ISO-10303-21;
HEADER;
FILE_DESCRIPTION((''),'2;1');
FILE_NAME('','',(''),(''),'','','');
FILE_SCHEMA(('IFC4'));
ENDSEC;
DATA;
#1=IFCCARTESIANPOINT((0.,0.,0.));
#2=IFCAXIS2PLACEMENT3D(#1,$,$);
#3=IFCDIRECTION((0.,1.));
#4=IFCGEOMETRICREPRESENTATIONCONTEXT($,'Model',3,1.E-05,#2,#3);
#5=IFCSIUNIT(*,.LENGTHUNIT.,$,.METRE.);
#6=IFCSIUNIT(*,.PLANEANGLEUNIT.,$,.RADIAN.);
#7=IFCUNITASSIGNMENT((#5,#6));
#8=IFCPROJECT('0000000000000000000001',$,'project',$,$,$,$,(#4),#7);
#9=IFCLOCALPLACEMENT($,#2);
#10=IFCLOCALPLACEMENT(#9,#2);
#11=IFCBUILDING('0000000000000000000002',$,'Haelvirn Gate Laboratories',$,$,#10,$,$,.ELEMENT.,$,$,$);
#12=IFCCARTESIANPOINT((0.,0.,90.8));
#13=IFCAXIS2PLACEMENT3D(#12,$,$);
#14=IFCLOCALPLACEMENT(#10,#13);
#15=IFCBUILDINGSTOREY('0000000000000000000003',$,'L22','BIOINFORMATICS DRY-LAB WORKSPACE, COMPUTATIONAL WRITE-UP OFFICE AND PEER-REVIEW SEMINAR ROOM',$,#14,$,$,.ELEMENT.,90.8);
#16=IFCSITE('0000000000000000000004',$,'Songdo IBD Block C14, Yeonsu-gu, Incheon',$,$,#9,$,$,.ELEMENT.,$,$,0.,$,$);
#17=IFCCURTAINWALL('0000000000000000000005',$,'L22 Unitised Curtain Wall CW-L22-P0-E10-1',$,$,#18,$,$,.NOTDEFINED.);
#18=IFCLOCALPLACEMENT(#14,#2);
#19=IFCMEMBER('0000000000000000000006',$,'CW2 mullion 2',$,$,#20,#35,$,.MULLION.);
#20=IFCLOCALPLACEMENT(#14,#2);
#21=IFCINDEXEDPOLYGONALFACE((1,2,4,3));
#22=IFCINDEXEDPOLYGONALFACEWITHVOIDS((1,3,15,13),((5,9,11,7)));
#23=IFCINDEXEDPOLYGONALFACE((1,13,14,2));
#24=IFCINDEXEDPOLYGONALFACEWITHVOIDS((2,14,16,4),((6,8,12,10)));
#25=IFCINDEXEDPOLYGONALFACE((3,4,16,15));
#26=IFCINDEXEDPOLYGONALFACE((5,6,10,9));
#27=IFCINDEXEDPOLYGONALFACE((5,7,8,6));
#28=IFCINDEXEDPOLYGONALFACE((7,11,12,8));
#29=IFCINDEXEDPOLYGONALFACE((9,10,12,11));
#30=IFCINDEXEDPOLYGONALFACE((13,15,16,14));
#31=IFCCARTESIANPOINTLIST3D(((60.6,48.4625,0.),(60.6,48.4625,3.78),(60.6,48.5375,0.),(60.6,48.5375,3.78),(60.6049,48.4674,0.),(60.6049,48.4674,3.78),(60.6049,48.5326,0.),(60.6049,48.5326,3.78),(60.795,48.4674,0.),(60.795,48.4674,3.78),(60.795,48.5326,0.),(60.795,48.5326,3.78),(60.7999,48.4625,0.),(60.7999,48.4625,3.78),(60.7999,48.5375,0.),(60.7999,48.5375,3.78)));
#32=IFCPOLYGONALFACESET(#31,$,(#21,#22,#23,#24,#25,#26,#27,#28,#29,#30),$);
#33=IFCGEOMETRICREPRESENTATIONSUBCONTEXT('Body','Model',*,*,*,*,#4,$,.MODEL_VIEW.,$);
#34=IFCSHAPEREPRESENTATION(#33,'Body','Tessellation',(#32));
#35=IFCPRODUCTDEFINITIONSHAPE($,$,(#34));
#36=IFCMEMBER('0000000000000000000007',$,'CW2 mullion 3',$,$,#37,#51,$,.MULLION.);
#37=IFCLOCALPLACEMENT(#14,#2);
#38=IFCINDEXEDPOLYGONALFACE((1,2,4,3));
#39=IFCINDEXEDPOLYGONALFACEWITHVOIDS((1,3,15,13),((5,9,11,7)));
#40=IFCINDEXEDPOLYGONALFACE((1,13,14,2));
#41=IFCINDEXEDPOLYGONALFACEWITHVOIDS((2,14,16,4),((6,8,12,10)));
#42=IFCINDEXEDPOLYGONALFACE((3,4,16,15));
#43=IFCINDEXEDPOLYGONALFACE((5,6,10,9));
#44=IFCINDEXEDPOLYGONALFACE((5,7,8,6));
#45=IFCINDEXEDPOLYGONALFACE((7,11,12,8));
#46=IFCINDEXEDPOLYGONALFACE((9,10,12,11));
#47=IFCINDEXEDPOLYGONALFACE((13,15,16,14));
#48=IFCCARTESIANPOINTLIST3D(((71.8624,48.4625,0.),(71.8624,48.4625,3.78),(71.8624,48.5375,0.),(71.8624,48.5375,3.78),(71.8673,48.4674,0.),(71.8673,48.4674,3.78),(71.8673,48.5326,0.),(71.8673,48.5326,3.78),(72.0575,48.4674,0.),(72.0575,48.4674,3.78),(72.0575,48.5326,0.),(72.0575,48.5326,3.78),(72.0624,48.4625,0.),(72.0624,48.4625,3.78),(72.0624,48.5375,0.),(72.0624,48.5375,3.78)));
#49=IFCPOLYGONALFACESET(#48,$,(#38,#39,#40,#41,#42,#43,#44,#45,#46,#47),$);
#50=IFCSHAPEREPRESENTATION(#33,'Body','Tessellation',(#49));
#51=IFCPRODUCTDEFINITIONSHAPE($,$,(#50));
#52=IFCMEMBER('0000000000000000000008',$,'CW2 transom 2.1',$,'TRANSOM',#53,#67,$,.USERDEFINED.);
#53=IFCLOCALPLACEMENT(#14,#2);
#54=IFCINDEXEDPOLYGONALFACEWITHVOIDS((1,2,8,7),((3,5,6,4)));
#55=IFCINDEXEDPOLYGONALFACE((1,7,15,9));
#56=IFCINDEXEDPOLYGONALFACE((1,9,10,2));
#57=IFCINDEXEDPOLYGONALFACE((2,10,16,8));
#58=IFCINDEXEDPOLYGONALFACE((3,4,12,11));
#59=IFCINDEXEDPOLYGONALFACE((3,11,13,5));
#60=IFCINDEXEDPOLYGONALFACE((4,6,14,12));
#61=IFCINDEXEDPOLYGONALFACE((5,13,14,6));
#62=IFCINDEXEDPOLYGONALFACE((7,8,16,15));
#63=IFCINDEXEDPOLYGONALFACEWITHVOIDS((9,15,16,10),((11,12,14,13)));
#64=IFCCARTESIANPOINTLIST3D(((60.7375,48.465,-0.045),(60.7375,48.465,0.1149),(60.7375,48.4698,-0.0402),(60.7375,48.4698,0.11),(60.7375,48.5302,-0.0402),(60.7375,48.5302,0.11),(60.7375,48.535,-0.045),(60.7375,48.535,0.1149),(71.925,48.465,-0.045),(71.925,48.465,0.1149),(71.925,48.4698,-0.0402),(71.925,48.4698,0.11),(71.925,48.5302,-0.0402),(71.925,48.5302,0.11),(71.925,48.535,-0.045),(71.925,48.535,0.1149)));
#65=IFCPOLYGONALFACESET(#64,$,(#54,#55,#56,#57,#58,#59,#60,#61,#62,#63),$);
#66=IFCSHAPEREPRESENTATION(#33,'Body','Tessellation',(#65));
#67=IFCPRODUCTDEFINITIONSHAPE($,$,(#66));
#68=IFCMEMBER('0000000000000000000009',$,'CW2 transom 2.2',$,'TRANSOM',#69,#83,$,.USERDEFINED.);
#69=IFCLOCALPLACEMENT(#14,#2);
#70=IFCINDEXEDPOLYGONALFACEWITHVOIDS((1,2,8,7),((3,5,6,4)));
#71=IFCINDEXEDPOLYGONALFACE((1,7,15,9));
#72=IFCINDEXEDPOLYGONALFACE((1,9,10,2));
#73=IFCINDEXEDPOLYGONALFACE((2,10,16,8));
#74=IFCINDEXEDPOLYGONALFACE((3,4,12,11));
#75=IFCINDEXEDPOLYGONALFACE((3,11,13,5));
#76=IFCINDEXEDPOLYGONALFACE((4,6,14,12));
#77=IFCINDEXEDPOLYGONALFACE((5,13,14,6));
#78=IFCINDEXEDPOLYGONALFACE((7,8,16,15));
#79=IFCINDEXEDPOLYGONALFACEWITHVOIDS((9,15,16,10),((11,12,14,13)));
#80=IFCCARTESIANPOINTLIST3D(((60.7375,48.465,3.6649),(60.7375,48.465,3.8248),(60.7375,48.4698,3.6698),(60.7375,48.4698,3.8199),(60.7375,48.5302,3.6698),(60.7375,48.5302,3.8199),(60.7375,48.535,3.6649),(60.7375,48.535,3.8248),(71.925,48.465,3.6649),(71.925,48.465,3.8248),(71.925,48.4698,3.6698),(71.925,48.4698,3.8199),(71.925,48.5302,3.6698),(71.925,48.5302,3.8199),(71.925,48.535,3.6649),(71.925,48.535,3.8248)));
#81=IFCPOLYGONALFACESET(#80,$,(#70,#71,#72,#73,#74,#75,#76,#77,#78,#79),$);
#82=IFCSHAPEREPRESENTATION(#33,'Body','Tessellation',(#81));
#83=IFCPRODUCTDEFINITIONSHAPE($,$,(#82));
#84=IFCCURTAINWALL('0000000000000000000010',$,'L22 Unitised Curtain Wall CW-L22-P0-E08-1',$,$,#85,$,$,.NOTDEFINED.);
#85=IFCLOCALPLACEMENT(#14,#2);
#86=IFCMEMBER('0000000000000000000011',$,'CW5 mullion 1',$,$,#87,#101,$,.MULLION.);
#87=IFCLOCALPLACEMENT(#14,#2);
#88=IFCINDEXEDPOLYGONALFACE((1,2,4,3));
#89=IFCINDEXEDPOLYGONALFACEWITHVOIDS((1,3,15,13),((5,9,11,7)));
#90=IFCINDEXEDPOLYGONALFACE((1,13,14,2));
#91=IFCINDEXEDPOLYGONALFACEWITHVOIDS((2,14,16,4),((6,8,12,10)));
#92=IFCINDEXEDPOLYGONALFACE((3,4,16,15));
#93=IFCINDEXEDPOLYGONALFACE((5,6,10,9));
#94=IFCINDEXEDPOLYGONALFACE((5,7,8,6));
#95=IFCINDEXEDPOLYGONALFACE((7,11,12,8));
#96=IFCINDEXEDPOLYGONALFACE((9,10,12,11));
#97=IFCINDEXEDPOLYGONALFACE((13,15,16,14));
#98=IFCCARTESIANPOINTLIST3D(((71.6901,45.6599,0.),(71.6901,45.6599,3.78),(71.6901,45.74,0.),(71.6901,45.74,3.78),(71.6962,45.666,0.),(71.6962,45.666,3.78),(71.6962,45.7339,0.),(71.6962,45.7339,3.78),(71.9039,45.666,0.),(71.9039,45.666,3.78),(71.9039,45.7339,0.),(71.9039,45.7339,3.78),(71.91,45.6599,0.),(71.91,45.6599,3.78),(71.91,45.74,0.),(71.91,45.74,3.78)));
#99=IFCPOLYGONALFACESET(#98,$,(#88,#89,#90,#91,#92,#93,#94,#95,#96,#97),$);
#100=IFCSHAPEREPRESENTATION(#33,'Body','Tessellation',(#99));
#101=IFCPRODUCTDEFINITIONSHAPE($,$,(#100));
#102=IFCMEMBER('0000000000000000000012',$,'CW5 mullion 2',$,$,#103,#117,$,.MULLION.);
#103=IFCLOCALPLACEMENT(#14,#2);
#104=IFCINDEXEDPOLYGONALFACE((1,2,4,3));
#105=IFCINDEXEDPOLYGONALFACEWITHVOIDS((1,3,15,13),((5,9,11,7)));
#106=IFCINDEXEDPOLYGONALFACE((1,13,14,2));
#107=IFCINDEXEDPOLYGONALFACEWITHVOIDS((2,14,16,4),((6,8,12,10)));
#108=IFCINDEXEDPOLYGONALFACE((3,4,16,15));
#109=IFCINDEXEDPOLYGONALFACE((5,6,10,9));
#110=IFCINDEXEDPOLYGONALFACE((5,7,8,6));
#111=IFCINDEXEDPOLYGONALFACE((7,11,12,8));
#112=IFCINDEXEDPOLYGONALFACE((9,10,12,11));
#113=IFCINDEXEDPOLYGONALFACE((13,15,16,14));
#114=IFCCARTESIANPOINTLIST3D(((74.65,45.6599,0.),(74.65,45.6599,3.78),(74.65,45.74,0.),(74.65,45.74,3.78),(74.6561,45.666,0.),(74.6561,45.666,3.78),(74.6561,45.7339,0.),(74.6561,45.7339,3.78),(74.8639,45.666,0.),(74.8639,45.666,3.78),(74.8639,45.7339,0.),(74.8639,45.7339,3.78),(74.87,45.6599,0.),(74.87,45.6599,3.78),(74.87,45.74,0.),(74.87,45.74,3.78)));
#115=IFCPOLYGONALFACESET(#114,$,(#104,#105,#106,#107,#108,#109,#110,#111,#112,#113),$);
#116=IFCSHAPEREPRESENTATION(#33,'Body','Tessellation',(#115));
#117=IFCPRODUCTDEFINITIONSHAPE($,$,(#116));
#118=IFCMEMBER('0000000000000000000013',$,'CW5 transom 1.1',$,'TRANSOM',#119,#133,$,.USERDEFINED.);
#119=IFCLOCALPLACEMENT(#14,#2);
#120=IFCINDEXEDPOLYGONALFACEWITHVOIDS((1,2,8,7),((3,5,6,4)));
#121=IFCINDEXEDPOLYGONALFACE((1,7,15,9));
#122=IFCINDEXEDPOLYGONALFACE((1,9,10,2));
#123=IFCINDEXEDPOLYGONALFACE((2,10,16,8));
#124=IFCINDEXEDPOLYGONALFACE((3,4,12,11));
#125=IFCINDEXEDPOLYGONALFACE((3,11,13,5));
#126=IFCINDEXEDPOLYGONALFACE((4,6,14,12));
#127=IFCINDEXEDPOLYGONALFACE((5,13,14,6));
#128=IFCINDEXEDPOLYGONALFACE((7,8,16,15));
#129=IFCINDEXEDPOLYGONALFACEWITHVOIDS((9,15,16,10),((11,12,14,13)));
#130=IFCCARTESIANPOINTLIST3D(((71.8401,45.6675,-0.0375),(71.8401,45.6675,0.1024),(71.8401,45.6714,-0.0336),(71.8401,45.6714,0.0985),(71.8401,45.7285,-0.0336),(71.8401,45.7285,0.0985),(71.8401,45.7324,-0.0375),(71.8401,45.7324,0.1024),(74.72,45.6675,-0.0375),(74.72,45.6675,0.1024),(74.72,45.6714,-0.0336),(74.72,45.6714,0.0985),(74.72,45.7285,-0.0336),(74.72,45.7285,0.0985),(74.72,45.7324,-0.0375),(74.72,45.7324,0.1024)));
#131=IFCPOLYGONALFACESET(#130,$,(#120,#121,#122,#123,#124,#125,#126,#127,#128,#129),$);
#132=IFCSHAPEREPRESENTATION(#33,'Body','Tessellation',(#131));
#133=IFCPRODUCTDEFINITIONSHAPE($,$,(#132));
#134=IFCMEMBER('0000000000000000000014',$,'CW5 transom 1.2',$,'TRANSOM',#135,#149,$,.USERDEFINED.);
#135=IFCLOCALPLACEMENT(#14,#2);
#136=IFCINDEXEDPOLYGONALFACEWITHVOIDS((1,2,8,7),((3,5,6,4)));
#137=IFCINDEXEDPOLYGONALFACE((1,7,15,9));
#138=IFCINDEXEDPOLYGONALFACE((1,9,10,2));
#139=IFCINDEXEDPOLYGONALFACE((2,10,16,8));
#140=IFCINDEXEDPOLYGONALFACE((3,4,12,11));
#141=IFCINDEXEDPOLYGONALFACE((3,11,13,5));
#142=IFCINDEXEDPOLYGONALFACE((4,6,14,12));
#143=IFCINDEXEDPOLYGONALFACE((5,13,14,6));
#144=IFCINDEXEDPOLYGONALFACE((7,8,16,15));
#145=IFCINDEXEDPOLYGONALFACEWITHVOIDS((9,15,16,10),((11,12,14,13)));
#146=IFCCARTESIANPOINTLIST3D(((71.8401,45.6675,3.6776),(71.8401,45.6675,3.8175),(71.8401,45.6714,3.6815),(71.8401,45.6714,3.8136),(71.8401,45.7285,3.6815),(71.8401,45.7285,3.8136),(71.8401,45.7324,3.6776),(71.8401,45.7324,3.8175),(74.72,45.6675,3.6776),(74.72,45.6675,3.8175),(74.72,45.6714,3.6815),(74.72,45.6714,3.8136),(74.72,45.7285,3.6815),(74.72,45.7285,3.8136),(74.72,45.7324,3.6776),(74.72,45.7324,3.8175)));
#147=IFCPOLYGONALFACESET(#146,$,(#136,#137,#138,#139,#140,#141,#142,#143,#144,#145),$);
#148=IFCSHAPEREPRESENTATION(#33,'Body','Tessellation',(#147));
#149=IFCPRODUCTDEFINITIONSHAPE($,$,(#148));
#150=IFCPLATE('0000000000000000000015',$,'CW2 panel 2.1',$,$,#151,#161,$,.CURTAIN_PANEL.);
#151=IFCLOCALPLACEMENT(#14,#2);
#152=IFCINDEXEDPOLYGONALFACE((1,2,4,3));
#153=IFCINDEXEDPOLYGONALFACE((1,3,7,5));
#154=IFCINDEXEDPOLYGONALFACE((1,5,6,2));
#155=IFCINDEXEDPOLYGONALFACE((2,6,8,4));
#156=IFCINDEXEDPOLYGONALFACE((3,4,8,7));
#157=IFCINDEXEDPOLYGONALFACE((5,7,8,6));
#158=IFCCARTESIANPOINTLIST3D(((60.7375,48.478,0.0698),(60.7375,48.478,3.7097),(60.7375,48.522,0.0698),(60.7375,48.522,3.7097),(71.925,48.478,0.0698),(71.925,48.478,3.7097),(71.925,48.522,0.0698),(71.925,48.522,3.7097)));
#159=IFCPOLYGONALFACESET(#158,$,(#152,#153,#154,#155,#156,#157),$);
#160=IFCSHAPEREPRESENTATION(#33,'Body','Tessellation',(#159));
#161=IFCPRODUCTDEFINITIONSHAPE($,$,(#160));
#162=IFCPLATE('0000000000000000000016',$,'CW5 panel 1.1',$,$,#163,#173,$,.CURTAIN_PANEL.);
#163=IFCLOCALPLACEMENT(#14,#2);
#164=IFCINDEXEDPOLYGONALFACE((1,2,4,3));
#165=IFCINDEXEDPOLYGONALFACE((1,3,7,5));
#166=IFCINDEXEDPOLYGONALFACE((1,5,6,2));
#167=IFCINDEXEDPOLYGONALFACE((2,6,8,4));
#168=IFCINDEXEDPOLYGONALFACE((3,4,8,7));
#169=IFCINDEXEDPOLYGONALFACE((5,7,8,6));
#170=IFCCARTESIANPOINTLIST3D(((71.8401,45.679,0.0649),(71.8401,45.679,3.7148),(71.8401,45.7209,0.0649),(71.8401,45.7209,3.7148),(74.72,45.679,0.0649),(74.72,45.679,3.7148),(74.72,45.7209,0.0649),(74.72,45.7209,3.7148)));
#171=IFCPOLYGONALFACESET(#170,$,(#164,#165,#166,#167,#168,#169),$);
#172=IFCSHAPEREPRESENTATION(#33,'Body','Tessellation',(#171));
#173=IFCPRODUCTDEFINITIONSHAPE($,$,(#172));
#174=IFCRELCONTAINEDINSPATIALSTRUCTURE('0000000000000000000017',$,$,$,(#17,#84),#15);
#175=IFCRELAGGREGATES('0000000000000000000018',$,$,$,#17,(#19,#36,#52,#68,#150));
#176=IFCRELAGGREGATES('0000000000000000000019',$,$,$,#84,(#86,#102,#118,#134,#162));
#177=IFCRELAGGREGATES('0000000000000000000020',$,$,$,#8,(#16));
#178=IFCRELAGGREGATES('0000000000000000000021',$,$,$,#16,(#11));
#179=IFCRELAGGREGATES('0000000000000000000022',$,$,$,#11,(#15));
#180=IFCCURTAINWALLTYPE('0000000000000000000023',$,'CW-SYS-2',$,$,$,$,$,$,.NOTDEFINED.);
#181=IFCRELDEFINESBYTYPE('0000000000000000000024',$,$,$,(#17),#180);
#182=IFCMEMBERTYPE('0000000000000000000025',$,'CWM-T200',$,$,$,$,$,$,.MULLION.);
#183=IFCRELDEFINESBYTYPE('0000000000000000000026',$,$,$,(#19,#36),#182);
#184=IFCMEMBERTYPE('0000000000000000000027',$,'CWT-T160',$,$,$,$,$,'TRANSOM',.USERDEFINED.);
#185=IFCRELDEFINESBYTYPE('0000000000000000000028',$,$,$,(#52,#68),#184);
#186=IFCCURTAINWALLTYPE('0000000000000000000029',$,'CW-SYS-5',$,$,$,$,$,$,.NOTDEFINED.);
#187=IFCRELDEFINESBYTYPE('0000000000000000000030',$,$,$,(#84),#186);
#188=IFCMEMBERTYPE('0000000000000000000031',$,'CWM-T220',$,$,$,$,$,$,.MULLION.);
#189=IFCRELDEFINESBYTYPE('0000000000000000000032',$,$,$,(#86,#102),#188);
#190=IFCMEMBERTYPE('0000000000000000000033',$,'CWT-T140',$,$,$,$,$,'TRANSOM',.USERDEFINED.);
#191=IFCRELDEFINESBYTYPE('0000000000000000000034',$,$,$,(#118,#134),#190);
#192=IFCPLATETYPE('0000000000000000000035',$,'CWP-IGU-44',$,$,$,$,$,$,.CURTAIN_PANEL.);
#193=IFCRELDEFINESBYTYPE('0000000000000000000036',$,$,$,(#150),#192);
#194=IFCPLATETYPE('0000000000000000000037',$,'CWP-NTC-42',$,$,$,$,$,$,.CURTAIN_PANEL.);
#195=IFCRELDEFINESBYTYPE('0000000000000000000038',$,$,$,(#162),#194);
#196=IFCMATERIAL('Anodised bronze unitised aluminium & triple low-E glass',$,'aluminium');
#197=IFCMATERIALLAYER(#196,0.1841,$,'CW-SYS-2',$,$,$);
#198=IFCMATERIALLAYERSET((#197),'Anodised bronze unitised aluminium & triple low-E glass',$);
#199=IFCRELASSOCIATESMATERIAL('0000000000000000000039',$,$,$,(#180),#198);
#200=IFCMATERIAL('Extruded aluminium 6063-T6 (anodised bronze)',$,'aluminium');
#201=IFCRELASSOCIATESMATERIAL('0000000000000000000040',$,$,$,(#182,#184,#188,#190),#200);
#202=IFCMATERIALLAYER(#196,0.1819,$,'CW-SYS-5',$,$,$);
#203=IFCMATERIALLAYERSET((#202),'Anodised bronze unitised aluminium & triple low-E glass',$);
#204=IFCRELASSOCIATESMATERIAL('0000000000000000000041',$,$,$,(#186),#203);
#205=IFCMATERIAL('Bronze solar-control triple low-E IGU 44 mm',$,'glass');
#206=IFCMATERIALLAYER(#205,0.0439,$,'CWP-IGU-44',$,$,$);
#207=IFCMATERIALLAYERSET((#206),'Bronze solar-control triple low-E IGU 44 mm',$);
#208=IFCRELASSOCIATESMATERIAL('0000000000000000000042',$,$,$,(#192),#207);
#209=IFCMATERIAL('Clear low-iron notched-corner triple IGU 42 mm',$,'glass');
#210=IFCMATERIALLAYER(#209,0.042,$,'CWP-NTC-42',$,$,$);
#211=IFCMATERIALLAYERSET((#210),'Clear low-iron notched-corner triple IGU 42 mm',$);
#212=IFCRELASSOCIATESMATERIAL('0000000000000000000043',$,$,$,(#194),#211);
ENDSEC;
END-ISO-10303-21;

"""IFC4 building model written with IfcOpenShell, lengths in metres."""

from ifc_helpers import new_model, si_unit, direction, frame, origin, origin_2d, place, context, subcontext, project, spatial, rectangle, hollow_rectangle, extrude, source, transform, mapped, material, layer, layer_set, material_profile, profile_set, type_object, type_shapes, element, aggregate, save


model = new_model("IFC4")

# Units and contexts
model_context = context("Model", 3, precision=1e-05, world=origin(), true_north=direction((0.0, 1.0)))
body_context = subcontext(model_context, "Body", "Model", "MODEL_VIEW")
ifc_project = project(units=[si_unit("LENGTHUNIT", "METRE"), si_unit("PLANEANGLEUNIT", "RADIAN")], contexts=[model_context])

# Site, building, storey
site_placement = place(None, origin())
site = spatial("IfcSite", under=ifc_project, at=site_placement, Name="Songdo IBD Block C14, Yeonsu-gu, Incheon", CompositionType="ELEMENT", RefElevation=0.0)
building_placement = place(site_placement, origin())
building = spatial("IfcBuilding", under=site, at=building_placement, Name="Haelvirn Gate Laboratories", CompositionType="ELEMENT")
storey_placement = place(building_placement, frame((0.0, 0.0, 90.8)))
storey = spatial("IfcBuildingStorey", under=building, at=storey_placement, Name="L22", Description="BIOINFORMATICS DRY-LAB WORKSPACE, COMPUTATIONAL WRITE-UP OFFICE AND PEER-REVIEW SEMINAR ROOM", CompositionType="ELEMENT", Elevation=90.8)

# Shared definitions
ifc_material_1 = material(Name="Anodised bronze unitised aluminium & triple low-E glass", Category="aluminium")
ifc_layer_1 = layer(ifc_material_1, 0.1841, Name="CW-SYS-2")
ifc_layer_set_1 = layer_set([ifc_layer_1], Name="Anodised bronze unitised aluminium & triple low-E glass")
curtain_wall_type_1 = type_object("IfcCurtainWallType", Name="CW-SYS-2", PredefinedType="NOTDEFINED", material=ifc_layer_set_1)
ifc_material_2 = material(Name="Extruded aluminium 6063-T6 (anodised bronze)", Category="aluminium")
ifc_material_profile_1 = material_profile(ifc_material_2, hollow_rectangle(XDim=0.075, YDim=0.2, WallThickness=0.0049, at=origin_2d()), Name="CWM-200x75x5")
ifc_profile_set_1 = profile_set([ifc_material_profile_1], Name="Extruded aluminium 6063-T6 (anodised bronze)")
member_type_1 = type_object("IfcMemberType", Name="CWM-T200", PredefinedType="MULLION", material=ifc_profile_set_1)
shared_shape_1 = source(origin(), body_context, "Body", "SweptSolid", [
    extrude(hollow_rectangle(XDim=0.075, YDim=0.2, WallThickness=0.0049, at=origin_2d()), origin(), (0.0, 0.0, 1.0), 3.78),
])
type_shapes(member_type_1, [shared_shape_1])

# Curtain walls, members
curtain_wall_1_placement = place(storey_placement, origin())
curtain_wall_1 = element("IfcCurtainWall", 1, at=curtain_wall_1_placement, inside=storey, type_object=curtain_wall_type_1, Name="L22 Unitised Curtain Wall CW-L22-P0-E10-1", PredefinedType="NOTDEFINED")
member_1_placement = place(storey_placement, frame((60.7, 48.5, 0.0), z_axis=(0.0, 0.0, 1.0), x_axis=(0.0, 1.0, 0.0)))
member_1 = element("IfcMember", 2, at=member_1_placement, type_object=member_type_1, Name="CW2 mullion 2", PredefinedType="MULLION", context=body_context, shape_type="MappedRepresentation", body=[
    mapped(shared_shape_1, transform((0.0, 0.0, 0.0), scale=1.0)),
])
member_2_placement = place(storey_placement, frame((71.9624, 48.5, 0.0), z_axis=(0.0, 0.0, 1.0), x_axis=(0.0, 1.0, 0.0)))
member_2 = element("IfcMember", 3, at=member_2_placement, type_object=member_type_1, Name="CW2 mullion 3", PredefinedType="MULLION", context=body_context, shape_type="MappedRepresentation", body=[
    mapped(shared_shape_1, transform((0.0, 0.0, 0.0), scale=1.0)),
])
ifc_material_profile_2 = material_profile(ifc_material_2, hollow_rectangle(XDim=0.0701, YDim=0.1599, WallThickness=0.0049, at=origin_2d()), Name="CWT-160x70x5")
ifc_profile_set_2 = profile_set([ifc_material_profile_2], Name="Extruded aluminium 6063-T6 (anodised bronze)")
member_type_2 = type_object("IfcMemberType", Name="CWT-T160", ElementType="TRANSOM", PredefinedType="USERDEFINED", material=ifc_profile_set_2)
shared_shape_2 = source(origin(), body_context, "Body", "SweptSolid", [
    extrude(hollow_rectangle(XDim=0.0701, YDim=0.1599, WallThickness=0.0049, at=origin_2d()), origin(), (0.0, 0.0, 1.0), 11.1875),
])
type_shapes(member_type_2, [shared_shape_2])
member_3_placement = place(storey_placement, frame((60.7375, 48.5, 0.0349), z_axis=(1.0, 0.0, 0.0), x_axis=(0.0, 1.0, 0.0)))
member_3 = element("IfcMember", 4, at=member_3_placement, type_object=member_type_2, Name="CW2 transom 2.1", ObjectType="TRANSOM", PredefinedType="USERDEFINED", context=body_context, shape_type="MappedRepresentation", body=[
    mapped(shared_shape_2, transform((0.0, 0.0, 0.0), scale=1.0)),
])
member_4_placement = place(storey_placement, frame((60.7375, 48.5, 3.7449), z_axis=(1.0, 0.0, 0.0), x_axis=(0.0, 1.0, 0.0)))
member_4 = element("IfcMember", 5, at=member_4_placement, type_object=member_type_2, Name="CW2 transom 2.2", ObjectType="TRANSOM", PredefinedType="USERDEFINED", context=body_context, shape_type="MappedRepresentation", body=[
    mapped(shared_shape_2, transform((0.0, 0.0, 0.0), scale=1.0)),
])
ifc_layer_2 = layer(ifc_material_1, 0.1819, Name="CW-SYS-5")
ifc_layer_set_2 = layer_set([ifc_layer_2], Name="Anodised bronze unitised aluminium & triple low-E glass")
curtain_wall_type_2 = type_object("IfcCurtainWallType", Name="CW-SYS-5", PredefinedType="NOTDEFINED", material=ifc_layer_set_2)
curtain_wall_2_placement = place(storey_placement, origin())
curtain_wall_2 = element("IfcCurtainWall", 6, at=curtain_wall_2_placement, inside=storey, type_object=curtain_wall_type_2, Name="L22 Unitised Curtain Wall CW-L22-P0-E08-1", PredefinedType="NOTDEFINED")
ifc_material_profile_3 = material_profile(ifc_material_2, hollow_rectangle(XDim=0.0801, YDim=0.22, WallThickness=0.0061, at=origin_2d()), Name="CWM-220x80x6")
ifc_profile_set_3 = profile_set([ifc_material_profile_3], Name="Extruded aluminium 6063-T6 (anodised bronze)")
member_type_3 = type_object("IfcMemberType", Name="CWM-T220", PredefinedType="MULLION", material=ifc_profile_set_3)
shared_shape_3 = source(origin(), body_context, "Body", "SweptSolid", [
    extrude(hollow_rectangle(XDim=0.0801, YDim=0.22, WallThickness=0.0061, at=origin_2d()), origin(), (0.0, 0.0, 1.0), 3.78),
])
type_shapes(member_type_3, [shared_shape_3])
member_5_placement = place(storey_placement, frame((71.8, 45.7, 0.0), z_axis=(0.0, 0.0, 1.0), x_axis=(0.0, 1.0, 0.0)))
member_5 = element("IfcMember", 7, at=member_5_placement, type_object=member_type_3, Name="CW5 mullion 1", PredefinedType="MULLION", context=body_context, shape_type="MappedRepresentation", body=[
    mapped(shared_shape_3, transform((0.0, 0.0, 0.0), scale=1.0)),
])
member_6_placement = place(storey_placement, frame((74.76, 45.7, 0.0), z_axis=(0.0, 0.0, 1.0), x_axis=(0.0, 1.0, 0.0)))
member_6 = element("IfcMember", 8, at=member_6_placement, type_object=member_type_3, Name="CW5 mullion 2", PredefinedType="MULLION", context=body_context, shape_type="MappedRepresentation", body=[
    mapped(shared_shape_3, transform((0.0, 0.0, 0.0), scale=1.0)),
])
ifc_material_profile_4 = material_profile(ifc_material_2, hollow_rectangle(XDim=0.0649, YDim=0.1399, WallThickness=0.0039, at=origin_2d()), Name="CWT-140x65x4")
ifc_profile_set_4 = profile_set([ifc_material_profile_4], Name="Extruded aluminium 6063-T6 (anodised bronze)")
member_type_4 = type_object("IfcMemberType", Name="CWT-T140", ElementType="TRANSOM", PredefinedType="USERDEFINED", material=ifc_profile_set_4)
shared_shape_4 = source(origin(), body_context, "Body", "SweptSolid", [
    extrude(hollow_rectangle(XDim=0.0649, YDim=0.1399, WallThickness=0.0039, at=origin_2d()), origin(), (0.0, 0.0, 1.0), 2.8799),
])
type_shapes(member_type_4, [shared_shape_4])
member_7_placement = place(storey_placement, frame((71.8401, 45.7, 0.0325), z_axis=(1.0, 0.0, 0.0), x_axis=(0.0, 1.0, 0.0)))
member_7 = element("IfcMember", 9, at=member_7_placement, type_object=member_type_4, Name="CW5 transom 1.1", ObjectType="TRANSOM", PredefinedType="USERDEFINED", context=body_context, shape_type="MappedRepresentation", body=[
    mapped(shared_shape_4, transform((0.0, 0.0, 0.0), scale=1.0)),
])
member_8_placement = place(storey_placement, frame((71.8401, 45.7, 3.7476), z_axis=(1.0, 0.0, 0.0), x_axis=(0.0, 1.0, 0.0)))
member_8 = element("IfcMember", 10, at=member_8_placement, type_object=member_type_4, Name="CW5 transom 1.2", ObjectType="TRANSOM", PredefinedType="USERDEFINED", context=body_context, shape_type="MappedRepresentation", body=[
    mapped(shared_shape_4, transform((0.0, 0.0, 0.0), scale=1.0)),
])

# Plates
ifc_material_3 = material(Name="Bronze solar-control triple low-E IGU 44 mm", Category="glass")
ifc_layer_3 = layer(ifc_material_3, 0.0439, Name="CWP-IGU-44")
ifc_layer_set_3 = layer_set([ifc_layer_3], Name="Bronze solar-control triple low-E IGU 44 mm")
plate_type_1 = type_object("IfcPlateType", Name="CWP-IGU-44", PredefinedType="CURTAIN_PANEL", material=ifc_layer_set_3)
shared_shape_5 = source(origin(), body_context, "Body", "SweptSolid", [
    extrude(rectangle(XDim=11.1875, YDim=0.0439, at=origin_2d()), origin(), (0.0, 0.0, 1.0), 3.6399),
])
plate_1_placement = place(storey_placement, frame((66.3313, 48.5, 0.0698), z_axis=(0.0, 0.0, 1.0), x_axis=(1.0, 0.0, 0.0)))
plate_1 = element("IfcPlate", 11, at=plate_1_placement, type_object=plate_type_1, Name="CW2 panel 2.1", PredefinedType="CURTAIN_PANEL", context=body_context, shape_type="MappedRepresentation", body=[
    mapped(shared_shape_5, transform((0.0, 0.0, 0.0), scale=1.0)),
])
aggregate(curtain_wall_1, [member_1, member_2, member_3, member_4, plate_1])
ifc_material_4 = material(Name="Clear low-iron notched-corner triple IGU 42 mm", Category="glass")
ifc_layer_4 = layer(ifc_material_4, 0.042, Name="CWP-NTC-42")
ifc_layer_set_4 = layer_set([ifc_layer_4], Name="Clear low-iron notched-corner triple IGU 42 mm")
plate_type_2 = type_object("IfcPlateType", Name="CWP-NTC-42", PredefinedType="CURTAIN_PANEL", material=ifc_layer_set_4)
shared_shape_6 = source(origin(), body_context, "Body", "SweptSolid", [
    extrude(rectangle(XDim=2.8799, YDim=0.042, at=origin_2d()), origin(), (0.0, 0.0, 1.0), 3.6499),
])
type_shapes(plate_type_2, [shared_shape_6])
plate_2_placement = place(storey_placement, frame((73.28, 45.7, 0.0649), z_axis=(0.0, 0.0, 1.0), x_axis=(1.0, 0.0, 0.0)))
plate_2 = element("IfcPlate", 12, at=plate_2_placement, type_object=plate_type_2, Name="CW5 panel 1.1", PredefinedType="CURTAIN_PANEL", context=body_context, shape_type="MappedRepresentation", body=[
    mapped(shared_shape_6, transform((0.0, 0.0, 0.0), scale=1.0)),
])
aggregate(curtain_wall_2, [member_5, member_6, member_7, member_8, plate_2])

save(model, "model.ifc")
